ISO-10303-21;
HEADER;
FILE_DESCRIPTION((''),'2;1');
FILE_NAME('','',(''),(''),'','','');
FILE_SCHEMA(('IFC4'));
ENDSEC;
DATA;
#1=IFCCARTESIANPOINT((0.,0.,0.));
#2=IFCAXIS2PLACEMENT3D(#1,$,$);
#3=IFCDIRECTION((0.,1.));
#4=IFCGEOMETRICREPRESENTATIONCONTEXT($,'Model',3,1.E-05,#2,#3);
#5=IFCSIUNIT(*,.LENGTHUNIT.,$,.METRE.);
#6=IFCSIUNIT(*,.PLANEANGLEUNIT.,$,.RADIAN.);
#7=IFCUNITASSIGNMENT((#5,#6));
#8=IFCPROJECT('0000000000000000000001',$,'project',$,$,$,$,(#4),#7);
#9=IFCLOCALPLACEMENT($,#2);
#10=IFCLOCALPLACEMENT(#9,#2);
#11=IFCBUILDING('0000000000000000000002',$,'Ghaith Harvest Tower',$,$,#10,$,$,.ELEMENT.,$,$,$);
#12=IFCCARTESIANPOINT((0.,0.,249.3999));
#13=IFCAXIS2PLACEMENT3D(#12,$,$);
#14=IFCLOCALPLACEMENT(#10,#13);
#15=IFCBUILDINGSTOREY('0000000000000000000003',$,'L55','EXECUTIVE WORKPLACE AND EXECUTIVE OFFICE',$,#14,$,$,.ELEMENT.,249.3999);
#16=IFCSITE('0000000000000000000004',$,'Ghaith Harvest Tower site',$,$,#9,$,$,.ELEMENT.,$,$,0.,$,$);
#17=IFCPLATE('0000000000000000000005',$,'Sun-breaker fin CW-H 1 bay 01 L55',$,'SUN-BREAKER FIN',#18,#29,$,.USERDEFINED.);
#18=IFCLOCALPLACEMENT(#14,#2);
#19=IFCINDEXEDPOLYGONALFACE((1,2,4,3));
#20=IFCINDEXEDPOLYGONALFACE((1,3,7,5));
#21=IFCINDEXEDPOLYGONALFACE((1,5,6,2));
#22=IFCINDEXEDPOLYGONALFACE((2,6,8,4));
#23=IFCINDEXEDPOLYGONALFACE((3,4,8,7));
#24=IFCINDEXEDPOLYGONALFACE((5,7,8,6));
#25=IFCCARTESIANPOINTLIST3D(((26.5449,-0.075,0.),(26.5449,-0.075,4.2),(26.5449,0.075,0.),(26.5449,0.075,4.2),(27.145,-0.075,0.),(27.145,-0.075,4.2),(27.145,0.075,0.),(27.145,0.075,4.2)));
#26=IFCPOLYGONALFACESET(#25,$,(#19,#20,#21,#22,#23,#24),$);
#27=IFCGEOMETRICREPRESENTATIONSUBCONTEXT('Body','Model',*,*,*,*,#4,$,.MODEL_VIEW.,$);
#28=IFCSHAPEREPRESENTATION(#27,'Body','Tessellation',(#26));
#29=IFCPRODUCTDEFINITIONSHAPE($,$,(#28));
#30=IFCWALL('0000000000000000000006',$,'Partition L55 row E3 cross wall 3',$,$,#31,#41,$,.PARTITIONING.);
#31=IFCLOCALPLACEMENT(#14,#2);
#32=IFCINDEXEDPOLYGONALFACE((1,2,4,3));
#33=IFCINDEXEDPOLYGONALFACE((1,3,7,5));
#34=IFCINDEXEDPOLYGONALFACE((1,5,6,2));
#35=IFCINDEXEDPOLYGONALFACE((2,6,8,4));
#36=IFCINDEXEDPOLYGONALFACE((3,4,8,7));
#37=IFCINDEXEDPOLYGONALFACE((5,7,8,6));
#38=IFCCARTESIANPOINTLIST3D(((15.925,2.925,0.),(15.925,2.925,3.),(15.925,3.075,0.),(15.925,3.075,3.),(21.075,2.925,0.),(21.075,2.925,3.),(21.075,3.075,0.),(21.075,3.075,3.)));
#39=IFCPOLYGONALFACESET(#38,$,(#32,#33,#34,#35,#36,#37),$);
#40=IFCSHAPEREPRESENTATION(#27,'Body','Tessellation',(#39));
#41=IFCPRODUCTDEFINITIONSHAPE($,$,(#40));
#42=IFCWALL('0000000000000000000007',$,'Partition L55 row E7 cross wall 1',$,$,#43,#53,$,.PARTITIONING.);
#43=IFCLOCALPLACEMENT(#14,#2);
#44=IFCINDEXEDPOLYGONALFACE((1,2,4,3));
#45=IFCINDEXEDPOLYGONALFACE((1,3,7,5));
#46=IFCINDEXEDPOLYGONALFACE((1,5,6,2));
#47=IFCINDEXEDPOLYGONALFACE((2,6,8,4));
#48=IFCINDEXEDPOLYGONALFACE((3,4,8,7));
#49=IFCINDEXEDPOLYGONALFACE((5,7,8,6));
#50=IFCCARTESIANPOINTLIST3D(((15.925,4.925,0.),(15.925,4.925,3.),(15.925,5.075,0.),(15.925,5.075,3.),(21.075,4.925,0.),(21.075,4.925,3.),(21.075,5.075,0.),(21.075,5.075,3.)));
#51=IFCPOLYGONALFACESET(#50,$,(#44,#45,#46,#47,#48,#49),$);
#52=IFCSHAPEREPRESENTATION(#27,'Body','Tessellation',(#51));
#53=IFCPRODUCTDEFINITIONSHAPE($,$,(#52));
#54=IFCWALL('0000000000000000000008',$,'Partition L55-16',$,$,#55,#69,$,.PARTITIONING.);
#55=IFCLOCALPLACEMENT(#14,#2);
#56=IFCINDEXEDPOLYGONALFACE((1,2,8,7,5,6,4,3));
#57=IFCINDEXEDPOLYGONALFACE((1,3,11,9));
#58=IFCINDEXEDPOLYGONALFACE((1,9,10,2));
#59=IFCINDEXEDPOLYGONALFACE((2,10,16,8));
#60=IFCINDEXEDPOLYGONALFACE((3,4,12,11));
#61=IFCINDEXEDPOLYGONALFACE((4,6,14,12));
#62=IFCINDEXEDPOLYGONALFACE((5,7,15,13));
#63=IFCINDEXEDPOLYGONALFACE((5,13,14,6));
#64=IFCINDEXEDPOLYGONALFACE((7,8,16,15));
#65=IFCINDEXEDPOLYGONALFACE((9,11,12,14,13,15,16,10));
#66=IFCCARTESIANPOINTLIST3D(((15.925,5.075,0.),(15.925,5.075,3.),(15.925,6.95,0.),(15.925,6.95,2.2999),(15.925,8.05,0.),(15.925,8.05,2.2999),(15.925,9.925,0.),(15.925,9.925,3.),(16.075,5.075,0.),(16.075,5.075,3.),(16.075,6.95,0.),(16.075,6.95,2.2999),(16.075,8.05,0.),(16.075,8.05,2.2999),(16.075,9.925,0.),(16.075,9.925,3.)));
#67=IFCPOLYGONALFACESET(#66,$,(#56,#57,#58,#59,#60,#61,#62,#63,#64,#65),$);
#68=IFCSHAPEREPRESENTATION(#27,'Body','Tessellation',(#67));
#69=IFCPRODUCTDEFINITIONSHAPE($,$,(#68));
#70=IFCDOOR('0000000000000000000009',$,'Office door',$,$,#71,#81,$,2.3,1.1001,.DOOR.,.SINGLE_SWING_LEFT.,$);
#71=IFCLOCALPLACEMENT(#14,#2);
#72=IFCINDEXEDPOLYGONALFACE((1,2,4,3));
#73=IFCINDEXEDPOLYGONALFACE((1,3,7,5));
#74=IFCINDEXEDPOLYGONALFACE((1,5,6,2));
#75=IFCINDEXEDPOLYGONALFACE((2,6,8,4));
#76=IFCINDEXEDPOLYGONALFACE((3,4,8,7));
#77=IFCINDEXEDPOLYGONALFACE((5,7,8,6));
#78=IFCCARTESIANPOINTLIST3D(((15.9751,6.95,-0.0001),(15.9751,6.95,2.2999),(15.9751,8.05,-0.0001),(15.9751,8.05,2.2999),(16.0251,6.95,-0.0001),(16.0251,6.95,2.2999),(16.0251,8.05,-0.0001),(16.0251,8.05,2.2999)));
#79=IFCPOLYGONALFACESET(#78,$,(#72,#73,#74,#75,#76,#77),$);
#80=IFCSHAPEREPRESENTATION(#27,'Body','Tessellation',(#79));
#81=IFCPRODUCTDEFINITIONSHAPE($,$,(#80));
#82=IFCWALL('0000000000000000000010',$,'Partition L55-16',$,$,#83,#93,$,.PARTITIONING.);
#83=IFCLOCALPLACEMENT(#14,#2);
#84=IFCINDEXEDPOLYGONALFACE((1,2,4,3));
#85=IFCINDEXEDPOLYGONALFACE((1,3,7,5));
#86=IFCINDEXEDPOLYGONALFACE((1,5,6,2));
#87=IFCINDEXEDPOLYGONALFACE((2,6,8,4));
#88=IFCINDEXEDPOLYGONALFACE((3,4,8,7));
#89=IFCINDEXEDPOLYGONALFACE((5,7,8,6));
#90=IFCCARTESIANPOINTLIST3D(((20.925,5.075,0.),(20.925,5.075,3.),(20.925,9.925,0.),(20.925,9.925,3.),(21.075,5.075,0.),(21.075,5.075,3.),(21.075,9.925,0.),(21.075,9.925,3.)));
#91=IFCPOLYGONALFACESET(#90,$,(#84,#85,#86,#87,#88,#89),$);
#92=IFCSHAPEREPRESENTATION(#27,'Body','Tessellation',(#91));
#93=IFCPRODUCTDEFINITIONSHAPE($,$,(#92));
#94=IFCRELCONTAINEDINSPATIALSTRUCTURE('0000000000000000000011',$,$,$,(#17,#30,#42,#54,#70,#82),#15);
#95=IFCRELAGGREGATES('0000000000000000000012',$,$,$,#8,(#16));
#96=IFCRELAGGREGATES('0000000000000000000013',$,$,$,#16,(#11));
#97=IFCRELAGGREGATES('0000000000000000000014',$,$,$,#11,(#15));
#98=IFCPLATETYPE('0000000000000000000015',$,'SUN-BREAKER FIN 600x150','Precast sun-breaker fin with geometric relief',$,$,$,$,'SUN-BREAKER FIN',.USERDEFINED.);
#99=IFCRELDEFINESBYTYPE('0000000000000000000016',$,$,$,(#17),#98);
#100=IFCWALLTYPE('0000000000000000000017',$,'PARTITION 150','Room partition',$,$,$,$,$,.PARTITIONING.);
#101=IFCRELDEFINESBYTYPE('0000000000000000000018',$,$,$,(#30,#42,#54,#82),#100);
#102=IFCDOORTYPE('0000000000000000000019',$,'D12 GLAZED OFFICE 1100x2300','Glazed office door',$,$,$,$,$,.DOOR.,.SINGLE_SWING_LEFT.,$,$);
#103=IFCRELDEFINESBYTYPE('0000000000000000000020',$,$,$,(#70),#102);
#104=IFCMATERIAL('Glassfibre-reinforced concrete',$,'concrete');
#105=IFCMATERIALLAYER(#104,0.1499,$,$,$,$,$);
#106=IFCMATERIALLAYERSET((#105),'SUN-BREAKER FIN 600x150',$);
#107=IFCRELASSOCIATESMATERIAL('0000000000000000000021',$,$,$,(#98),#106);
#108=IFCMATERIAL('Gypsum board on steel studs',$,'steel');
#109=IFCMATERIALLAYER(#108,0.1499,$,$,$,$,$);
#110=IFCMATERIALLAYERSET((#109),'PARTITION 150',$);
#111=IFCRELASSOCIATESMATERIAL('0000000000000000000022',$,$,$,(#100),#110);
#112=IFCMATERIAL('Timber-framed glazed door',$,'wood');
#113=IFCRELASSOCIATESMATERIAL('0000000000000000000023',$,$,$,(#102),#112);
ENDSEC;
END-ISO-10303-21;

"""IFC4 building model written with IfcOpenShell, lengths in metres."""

from ifc_helpers import new_model, si_unit, direction, frame, frame_2d, origin, origin_2d, place, context, subcontext, project, spatial, rectangle, extrude, material, layer, layer_set, type_object, element, fill, save


model = new_model("IFC4")

# Units and contexts
model_context = context("Model", 3, precision=1e-05, world=origin(), true_north=direction((0.0, 1.0)))
body_context = subcontext(model_context, "Body", "Model", "MODEL_VIEW")
ifc_project = project(units=[si_unit("LENGTHUNIT", "METRE"), si_unit("PLANEANGLEUNIT", "RADIAN")], contexts=[model_context])

# Site, building, storey
site_placement = place(None, origin())
site = spatial("IfcSite", under=ifc_project, at=site_placement, Name="Ghaith Harvest Tower site", CompositionType="ELEMENT", RefElevation=0.0)
building_placement = place(site_placement, origin())
building = spatial("IfcBuilding", under=site, at=building_placement, Name="Ghaith Harvest Tower", CompositionType="ELEMENT")
storey_placement = place(building_placement, frame((0.0, 0.0, 249.3999)))
storey = spatial("IfcBuildingStorey", under=building, at=storey_placement, Name="L55", Description="EXECUTIVE WORKPLACE AND EXECUTIVE OFFICE", CompositionType="ELEMENT", Elevation=249.3999)

# Plate
ifc_material_1 = material(Name="Glassfibre-reinforced concrete", Category="concrete")
ifc_layer_1 = layer(ifc_material_1, 0.1499)
ifc_layer_set_1 = layer_set([ifc_layer_1], Name="SUN-BREAKER FIN 600x150")
plate_type_1 = type_object("IfcPlateType", Name="SUN-BREAKER FIN 600x150", Description="Precast sun-breaker fin with geometric relief", ElementType="SUN-BREAKER FIN", PredefinedType="USERDEFINED", material=ifc_layer_set_1)
plate_1_placement = place(storey_placement, frame((26.845, 0.0, 0.0), z_axis=(0.0, 0.0, 1.0), x_axis=(1.0, 0.0, 0.0)))
element("IfcPlate", 1, at=plate_1_placement, inside=storey, type_object=plate_type_1, Name="Sun-breaker fin CW-H 1 bay 01 L55", ObjectType="SUN-BREAKER FIN", PredefinedType="USERDEFINED", context=body_context, shape_type="SweptSolid", body=[
    extrude(rectangle(XDim=0.6001, YDim=0.1499, at=origin_2d()), origin(), (0.0, 0.0, 1.0), 4.2),
])

# Walls
ifc_material_2 = material(Name="Gypsum board on steel studs", Category="steel")
ifc_layer_2 = layer(ifc_material_2, 0.1499)
ifc_layer_set_2 = layer_set([ifc_layer_2], Name="PARTITION 150")
wall_type = type_object("IfcWallType", Name="PARTITION 150", Description="Room partition", PredefinedType="PARTITIONING", material=ifc_layer_set_2)
for number, where, z_axis, x_axis, name in (
    (2, (15.925, 3.0, 0.0), (0.0, 0.0, 1.0), (1.0, 0.0, 0.0), "Partition L55 row E3 cross wall 3"),
    (3, (15.925, 5.0, 0.0), (0.0, 0.0, 1.0), (1.0, 0.0, 0.0), "Partition L55 row E7 cross wall 1"),
):
    element("IfcWall", number, at=place(storey_placement, frame(where, z_axis=z_axis, x_axis=x_axis)), inside=storey, type_object=wall_type, Name=name, PredefinedType="PARTITIONING", context=body_context, shape_type="SweptSolid", body=[
        extrude(rectangle(XDim=5.1499, YDim=0.1499, at=frame_2d((2.575, 0.0))), origin(), (0.0, 0.0, 1.0), 3.0),
    ])

# Wall, opening, door
wall_1_placement = place(storey_placement, frame((16.0, 5.075, 0.0), z_axis=(0.0, 0.0, 1.0), x_axis=(0.0, 1.0, 0.0)))
wall_1 = element("IfcWall", 4, at=wall_1_placement, inside=storey, type_object=wall_type, Name="Partition L55-16", PredefinedType="PARTITIONING", context=body_context, shape_type="SweptSolid", body=[
    extrude(rectangle(XDim=4.8501, YDim=0.1499, at=frame_2d((2.425, 0.0))), origin(), (0.0, 0.0, 1.0), 3.0),
])
opening_placement = place(wall_1_placement, frame((1.875, 0.0, 0.0)))
opening = element("IfcOpeningElement", 5, at=opening_placement, cuts=wall_1, PredefinedType="OPENING", context=body_context, shape_type="SweptSolid", body=[
    extrude(rectangle(XDim=1.1001, YDim=2.3, at=frame_2d((0.55, 1.1499))), frame((0.0, 0.085, 0.0), z_axis=(0.0, -1.0, 0.0), x_axis=(1.0, 0.0, 0.0)), (0.0, 0.0, 1.0), 0.1699),
])
ifc_material_3 = material(Name="Timber-framed glazed door", Category="wood")
door_type = type_object("IfcDoorType", Name="D12 GLAZED OFFICE 1100x2300", Description="Glazed office door", OperationType="SINGLE_SWING_LEFT", PredefinedType="DOOR", material=ifc_material_3)
door_placement = place(opening_placement, origin())
door = element("IfcDoor", 6, at=door_placement, inside=storey, type_object=door_type, Name="Office door", OperationType="SINGLE_SWING_LEFT", OverallHeight=2.3, OverallWidth=1.1001, PredefinedType="DOOR", context=body_context, shape_type="SweptSolid", body=[
    extrude(rectangle(XDim=1.1001, YDim=2.3, at=frame_2d((0.55, 1.1499))), frame((0.0, 0.0249, 0.0), z_axis=(0.0, -1.0, 0.0), x_axis=(1.0, 0.0, 0.0)), (0.0, 0.0, 1.0), 0.05),
])
fill(opening, door)

# Wall
wall_2_placement = place(storey_placement, frame((21.0, 5.075, 0.0), z_axis=(0.0, 0.0, 1.0), x_axis=(0.0, 1.0, 0.0)))
element("IfcWall", 7, at=wall_2_placement, inside=storey, type_object=wall_type, Name="Partition L55-16", PredefinedType="PARTITIONING", context=body_context, shape_type="SweptSolid", body=[
    extrude(rectangle(XDim=4.8501, YDim=0.1499, at=frame_2d((2.425, 0.0))), origin(), (0.0, 0.0, 1.0), 3.0),
])

save(model, "model.ifc")
